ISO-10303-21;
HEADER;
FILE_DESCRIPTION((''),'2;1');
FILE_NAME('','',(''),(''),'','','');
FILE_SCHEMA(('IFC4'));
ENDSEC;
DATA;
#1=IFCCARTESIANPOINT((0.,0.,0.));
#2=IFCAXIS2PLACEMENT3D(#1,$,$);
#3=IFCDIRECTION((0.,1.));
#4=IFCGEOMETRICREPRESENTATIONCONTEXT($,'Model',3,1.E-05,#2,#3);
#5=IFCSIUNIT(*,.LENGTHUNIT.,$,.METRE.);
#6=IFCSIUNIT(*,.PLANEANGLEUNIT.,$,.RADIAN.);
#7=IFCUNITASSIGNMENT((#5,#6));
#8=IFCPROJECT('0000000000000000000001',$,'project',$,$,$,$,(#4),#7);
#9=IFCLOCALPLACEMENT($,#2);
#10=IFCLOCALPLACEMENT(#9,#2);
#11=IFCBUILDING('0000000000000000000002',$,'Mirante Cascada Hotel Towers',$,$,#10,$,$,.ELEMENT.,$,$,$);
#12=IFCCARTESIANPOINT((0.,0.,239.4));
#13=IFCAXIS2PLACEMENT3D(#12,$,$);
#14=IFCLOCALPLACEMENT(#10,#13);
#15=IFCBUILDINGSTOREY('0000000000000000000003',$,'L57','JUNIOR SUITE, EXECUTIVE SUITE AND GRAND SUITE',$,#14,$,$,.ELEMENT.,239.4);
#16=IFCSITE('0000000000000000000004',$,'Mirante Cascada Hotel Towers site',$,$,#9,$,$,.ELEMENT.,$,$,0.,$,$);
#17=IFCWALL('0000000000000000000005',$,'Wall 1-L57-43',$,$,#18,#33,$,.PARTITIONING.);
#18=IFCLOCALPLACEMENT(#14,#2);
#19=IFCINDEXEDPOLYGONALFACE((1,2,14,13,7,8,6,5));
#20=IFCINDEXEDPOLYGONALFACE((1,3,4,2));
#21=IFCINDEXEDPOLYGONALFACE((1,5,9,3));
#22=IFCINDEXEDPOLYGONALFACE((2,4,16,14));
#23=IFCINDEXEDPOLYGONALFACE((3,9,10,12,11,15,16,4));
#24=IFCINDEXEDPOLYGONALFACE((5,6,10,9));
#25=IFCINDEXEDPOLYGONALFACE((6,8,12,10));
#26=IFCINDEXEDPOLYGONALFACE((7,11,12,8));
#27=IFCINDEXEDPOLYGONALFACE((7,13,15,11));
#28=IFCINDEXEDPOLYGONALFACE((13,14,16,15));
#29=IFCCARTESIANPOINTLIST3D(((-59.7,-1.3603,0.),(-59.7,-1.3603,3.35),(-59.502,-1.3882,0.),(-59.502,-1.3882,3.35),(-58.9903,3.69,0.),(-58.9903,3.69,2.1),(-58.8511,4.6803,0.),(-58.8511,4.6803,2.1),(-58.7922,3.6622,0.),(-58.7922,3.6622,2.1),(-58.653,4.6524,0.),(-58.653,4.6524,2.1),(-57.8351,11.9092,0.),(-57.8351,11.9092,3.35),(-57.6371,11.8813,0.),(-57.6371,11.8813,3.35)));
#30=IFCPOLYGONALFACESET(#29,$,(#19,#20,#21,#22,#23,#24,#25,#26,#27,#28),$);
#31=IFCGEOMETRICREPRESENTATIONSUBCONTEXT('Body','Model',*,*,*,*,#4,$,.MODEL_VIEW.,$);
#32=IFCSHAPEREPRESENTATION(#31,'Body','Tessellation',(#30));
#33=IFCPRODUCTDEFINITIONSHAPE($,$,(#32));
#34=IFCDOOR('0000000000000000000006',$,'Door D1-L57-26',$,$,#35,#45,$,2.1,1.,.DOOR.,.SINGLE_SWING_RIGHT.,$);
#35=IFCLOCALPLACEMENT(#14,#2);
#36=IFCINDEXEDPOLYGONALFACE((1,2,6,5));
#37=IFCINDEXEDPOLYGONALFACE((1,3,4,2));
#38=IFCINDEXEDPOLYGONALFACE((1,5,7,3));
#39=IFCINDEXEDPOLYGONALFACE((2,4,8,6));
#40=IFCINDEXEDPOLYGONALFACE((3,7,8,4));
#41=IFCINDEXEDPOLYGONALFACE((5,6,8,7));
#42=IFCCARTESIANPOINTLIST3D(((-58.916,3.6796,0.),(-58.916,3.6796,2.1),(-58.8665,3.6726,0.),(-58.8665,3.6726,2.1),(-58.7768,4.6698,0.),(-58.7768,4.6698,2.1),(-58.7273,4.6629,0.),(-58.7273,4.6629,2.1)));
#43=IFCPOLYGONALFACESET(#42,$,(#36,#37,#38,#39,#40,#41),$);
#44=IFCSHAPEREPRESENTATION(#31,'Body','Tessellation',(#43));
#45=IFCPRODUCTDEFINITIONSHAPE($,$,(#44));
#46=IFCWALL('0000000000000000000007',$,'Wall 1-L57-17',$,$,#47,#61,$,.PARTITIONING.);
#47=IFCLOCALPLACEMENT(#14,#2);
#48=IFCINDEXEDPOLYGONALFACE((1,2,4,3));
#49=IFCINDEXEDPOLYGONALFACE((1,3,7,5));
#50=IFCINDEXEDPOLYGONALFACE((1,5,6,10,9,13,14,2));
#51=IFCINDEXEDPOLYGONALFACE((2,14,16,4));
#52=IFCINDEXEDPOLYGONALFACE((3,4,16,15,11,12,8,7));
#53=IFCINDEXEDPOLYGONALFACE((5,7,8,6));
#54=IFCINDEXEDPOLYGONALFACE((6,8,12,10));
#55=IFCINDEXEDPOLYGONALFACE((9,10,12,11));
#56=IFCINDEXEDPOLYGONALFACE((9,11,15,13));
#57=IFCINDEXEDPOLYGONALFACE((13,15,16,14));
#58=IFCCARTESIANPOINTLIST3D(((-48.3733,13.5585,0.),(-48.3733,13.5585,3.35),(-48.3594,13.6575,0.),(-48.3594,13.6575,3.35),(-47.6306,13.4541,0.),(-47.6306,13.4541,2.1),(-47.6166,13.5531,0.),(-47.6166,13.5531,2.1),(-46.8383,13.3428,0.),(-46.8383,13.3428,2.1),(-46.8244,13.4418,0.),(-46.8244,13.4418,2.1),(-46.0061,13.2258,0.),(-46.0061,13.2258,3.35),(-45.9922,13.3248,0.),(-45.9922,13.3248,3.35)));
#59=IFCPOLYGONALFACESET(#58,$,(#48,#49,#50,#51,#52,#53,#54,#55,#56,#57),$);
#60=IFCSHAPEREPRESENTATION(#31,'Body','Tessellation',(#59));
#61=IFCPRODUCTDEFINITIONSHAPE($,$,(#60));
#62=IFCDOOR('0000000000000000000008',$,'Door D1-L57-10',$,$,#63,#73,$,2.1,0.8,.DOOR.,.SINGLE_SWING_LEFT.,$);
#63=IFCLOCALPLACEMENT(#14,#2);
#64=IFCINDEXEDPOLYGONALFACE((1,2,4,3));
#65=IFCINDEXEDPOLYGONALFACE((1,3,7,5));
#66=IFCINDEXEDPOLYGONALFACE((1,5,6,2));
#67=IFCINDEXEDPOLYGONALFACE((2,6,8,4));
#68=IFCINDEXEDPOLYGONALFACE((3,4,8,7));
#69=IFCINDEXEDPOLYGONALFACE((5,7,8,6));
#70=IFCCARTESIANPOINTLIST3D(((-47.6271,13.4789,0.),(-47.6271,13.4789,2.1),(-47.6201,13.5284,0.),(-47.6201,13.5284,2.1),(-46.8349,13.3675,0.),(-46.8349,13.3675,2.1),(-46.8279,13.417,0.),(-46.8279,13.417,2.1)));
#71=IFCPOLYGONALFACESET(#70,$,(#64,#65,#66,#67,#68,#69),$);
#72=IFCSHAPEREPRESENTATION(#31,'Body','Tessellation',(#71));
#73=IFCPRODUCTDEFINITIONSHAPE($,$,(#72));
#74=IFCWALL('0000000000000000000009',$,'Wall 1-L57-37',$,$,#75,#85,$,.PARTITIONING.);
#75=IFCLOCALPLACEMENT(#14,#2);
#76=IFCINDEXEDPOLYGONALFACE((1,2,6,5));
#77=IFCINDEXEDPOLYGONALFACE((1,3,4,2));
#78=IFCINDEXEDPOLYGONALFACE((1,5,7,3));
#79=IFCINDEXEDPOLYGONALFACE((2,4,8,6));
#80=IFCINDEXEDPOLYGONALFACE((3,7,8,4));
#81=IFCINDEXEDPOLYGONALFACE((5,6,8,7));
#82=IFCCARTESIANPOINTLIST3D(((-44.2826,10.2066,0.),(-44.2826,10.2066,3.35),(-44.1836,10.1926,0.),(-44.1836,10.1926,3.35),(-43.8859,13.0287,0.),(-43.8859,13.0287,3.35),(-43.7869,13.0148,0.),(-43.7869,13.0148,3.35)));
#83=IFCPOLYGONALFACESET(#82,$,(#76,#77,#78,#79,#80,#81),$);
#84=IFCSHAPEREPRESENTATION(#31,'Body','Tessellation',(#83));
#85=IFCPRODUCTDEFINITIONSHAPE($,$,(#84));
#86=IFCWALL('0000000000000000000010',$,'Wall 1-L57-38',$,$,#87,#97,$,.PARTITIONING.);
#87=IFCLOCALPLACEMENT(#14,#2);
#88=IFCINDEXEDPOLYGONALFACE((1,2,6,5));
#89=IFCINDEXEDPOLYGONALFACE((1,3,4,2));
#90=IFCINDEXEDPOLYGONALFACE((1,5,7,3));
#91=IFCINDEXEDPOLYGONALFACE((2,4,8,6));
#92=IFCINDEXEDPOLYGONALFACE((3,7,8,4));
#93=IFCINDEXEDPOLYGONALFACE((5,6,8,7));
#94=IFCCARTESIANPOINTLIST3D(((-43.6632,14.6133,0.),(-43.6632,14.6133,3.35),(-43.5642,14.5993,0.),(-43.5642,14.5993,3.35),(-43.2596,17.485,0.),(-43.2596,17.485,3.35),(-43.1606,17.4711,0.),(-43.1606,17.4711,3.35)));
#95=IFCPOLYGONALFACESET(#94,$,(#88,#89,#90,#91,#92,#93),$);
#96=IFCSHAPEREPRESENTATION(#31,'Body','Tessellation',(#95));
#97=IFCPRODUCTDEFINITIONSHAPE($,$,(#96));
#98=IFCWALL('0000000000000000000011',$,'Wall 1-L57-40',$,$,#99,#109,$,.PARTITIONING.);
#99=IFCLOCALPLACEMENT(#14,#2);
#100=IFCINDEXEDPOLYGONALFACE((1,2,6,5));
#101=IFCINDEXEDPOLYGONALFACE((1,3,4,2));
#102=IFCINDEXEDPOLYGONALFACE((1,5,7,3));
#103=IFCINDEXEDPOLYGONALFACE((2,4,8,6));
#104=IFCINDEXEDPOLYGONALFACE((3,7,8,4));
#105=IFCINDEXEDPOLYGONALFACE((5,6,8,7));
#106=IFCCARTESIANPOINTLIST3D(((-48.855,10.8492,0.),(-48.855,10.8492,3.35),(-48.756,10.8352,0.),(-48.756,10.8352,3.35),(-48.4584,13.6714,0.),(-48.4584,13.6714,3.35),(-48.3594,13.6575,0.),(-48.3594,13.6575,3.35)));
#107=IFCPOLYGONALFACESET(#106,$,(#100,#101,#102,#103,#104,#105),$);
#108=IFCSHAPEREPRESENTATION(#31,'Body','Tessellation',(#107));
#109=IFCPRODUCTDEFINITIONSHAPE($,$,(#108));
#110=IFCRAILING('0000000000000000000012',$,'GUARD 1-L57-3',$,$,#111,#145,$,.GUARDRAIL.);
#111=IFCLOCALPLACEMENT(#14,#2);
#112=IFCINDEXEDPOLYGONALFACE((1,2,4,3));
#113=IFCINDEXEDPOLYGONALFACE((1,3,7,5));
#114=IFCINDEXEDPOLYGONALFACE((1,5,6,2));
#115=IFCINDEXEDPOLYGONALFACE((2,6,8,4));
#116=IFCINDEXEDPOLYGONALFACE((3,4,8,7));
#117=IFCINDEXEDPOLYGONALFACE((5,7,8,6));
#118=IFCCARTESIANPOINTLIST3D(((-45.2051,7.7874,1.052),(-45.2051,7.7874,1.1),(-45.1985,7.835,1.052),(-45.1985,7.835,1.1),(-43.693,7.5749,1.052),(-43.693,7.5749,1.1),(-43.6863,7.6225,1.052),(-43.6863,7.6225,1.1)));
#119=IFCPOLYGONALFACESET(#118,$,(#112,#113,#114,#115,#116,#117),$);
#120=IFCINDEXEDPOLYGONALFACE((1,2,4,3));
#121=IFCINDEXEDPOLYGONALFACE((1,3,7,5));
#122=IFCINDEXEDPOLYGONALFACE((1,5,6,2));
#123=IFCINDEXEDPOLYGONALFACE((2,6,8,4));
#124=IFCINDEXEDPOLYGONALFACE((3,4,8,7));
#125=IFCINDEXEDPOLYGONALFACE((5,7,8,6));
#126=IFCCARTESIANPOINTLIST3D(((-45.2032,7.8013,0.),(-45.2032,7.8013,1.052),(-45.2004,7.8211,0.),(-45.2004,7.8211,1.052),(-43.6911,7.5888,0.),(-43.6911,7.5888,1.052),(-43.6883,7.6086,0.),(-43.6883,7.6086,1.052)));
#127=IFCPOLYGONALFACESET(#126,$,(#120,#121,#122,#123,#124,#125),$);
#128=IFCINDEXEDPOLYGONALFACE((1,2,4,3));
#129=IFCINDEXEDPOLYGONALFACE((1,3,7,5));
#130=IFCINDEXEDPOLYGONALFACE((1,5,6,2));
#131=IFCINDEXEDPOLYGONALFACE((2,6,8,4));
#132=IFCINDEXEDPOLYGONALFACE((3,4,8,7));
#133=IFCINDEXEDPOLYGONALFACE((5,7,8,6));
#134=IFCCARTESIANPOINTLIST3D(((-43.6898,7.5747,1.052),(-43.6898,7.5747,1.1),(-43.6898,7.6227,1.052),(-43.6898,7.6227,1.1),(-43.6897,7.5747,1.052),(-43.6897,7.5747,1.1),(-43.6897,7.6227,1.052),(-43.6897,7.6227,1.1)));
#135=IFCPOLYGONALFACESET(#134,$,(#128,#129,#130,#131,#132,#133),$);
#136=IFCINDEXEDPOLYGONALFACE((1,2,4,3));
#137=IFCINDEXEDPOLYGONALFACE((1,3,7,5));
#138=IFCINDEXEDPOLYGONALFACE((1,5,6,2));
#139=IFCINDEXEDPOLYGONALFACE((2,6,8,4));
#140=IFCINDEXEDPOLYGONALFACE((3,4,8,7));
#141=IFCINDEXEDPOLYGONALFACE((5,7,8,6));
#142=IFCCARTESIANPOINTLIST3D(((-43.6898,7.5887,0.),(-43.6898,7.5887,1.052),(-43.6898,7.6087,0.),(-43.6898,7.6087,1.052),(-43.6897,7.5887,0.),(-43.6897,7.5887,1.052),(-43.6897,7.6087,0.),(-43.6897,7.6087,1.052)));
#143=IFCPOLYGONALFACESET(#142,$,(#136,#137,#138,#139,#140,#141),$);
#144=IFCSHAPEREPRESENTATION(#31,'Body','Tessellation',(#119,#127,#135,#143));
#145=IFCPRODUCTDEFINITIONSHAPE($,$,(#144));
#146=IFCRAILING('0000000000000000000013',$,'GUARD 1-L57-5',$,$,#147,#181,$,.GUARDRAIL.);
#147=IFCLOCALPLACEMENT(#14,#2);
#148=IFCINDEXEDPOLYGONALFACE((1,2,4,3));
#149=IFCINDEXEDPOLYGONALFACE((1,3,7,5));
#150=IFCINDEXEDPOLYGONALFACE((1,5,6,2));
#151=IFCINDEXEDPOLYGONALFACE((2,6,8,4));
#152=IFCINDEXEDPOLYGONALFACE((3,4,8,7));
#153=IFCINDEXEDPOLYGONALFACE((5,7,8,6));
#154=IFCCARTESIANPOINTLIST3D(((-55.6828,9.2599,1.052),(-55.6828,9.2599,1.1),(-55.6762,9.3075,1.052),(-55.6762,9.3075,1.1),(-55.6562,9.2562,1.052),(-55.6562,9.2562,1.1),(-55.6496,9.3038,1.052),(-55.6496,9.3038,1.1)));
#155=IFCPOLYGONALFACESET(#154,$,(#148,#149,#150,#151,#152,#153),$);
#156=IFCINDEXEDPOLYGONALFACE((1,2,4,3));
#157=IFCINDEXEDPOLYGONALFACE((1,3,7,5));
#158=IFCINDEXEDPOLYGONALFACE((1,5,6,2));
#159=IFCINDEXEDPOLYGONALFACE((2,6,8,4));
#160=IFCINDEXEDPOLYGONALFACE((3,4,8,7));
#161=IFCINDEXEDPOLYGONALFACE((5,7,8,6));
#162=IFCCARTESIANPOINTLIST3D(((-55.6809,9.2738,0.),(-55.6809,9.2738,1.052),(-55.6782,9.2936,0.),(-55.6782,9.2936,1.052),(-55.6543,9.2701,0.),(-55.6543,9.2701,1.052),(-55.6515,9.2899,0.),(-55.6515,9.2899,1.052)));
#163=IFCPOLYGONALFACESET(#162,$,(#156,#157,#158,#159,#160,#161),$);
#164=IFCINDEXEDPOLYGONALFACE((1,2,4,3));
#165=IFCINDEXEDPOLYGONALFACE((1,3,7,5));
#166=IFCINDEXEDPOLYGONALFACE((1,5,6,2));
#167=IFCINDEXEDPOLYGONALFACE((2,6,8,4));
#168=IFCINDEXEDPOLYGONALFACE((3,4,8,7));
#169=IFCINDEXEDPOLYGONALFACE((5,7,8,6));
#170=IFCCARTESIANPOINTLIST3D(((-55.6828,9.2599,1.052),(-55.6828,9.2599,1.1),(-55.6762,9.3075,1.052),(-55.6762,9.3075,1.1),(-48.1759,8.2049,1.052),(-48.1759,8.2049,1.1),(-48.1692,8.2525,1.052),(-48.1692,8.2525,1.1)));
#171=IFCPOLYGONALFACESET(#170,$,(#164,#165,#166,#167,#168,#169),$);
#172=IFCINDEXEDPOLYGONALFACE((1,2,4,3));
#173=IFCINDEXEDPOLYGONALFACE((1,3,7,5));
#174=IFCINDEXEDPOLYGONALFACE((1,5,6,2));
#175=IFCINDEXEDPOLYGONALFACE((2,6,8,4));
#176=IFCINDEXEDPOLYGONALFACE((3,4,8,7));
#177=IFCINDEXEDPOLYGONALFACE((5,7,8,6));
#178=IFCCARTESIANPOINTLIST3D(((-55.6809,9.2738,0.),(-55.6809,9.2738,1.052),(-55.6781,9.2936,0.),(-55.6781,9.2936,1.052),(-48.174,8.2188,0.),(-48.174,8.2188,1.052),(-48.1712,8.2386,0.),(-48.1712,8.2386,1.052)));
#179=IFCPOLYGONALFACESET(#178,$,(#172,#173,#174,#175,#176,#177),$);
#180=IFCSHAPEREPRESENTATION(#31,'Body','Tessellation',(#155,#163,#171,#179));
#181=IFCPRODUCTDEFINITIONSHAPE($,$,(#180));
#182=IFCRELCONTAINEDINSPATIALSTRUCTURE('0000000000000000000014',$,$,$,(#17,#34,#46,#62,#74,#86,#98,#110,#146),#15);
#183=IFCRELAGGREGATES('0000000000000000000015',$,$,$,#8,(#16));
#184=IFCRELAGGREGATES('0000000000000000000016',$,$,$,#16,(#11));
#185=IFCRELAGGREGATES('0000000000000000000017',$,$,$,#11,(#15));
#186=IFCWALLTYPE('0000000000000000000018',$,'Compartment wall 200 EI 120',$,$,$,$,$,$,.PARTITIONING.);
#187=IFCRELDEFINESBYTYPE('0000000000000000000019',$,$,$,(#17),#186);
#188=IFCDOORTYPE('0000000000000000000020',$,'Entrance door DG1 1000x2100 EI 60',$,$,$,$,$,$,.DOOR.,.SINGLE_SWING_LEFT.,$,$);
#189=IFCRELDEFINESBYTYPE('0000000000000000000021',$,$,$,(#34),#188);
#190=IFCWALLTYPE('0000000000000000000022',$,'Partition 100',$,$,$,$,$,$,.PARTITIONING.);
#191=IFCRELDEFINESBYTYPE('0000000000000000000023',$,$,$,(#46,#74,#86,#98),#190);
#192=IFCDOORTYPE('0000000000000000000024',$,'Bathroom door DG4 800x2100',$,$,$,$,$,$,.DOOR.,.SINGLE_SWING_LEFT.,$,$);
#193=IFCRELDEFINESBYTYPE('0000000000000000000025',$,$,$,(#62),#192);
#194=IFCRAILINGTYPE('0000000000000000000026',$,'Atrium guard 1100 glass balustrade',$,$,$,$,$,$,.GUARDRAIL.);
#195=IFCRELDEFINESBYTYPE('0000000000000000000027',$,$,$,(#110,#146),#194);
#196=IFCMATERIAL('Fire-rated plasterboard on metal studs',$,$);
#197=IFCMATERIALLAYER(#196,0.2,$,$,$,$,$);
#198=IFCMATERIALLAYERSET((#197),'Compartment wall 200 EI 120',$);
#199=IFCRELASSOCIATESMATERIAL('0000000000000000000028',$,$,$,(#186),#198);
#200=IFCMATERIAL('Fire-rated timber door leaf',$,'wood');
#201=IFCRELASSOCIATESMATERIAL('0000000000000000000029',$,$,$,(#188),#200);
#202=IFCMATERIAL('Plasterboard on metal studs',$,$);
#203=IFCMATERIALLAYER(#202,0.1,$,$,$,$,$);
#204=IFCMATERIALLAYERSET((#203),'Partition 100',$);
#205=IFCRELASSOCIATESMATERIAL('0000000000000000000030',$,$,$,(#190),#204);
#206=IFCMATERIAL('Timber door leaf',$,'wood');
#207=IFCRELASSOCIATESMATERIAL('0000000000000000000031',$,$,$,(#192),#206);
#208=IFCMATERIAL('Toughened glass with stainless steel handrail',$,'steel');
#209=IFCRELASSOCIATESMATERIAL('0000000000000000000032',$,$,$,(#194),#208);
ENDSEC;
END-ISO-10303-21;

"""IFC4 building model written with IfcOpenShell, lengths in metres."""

from ifc_helpers import new_model, si_unit, direction, frame, frame_2d, origin, origin_2d, place, context, subcontext, project, spatial, rectangle, extrude, material, layer, layer_set, type_object, element, fill, save


model = new_model("IFC4")

# Units and contexts
model_context = context("Model", 3, precision=1e-05, world=origin(), true_north=direction((0.0, 1.0)))
body_context = subcontext(model_context, "Body", "Model", "MODEL_VIEW")
ifc_project = project(units=[si_unit("LENGTHUNIT", "METRE"), si_unit("PLANEANGLEUNIT", "RADIAN")], contexts=[model_context])

# Site, building, storey
site_placement = place(None, origin())
site = spatial("IfcSite", under=ifc_project, at=site_placement, Name="Mirante Cascada Hotel Towers site", CompositionType="ELEMENT", RefElevation=0.0)
building_placement = place(site_placement, origin())
building = spatial("IfcBuilding", under=site, at=building_placement, Name="Mirante Cascada Hotel Towers", CompositionType="ELEMENT")
storey_placement = place(building_placement, frame((0.0, 0.0, 239.4)))
storey = spatial("IfcBuildingStorey", under=building, at=storey_placement, Name="L57", Description="JUNIOR SUITE, EXECUTIVE SUITE AND GRAND SUITE", CompositionType="ELEMENT", Elevation=239.4)

# Shared definitions
ifc_material_1 = material(Name="Fire-rated plasterboard on metal studs")
ifc_layer_1 = layer(ifc_material_1, 0.2)
ifc_layer_set_1 = layer_set([ifc_layer_1], Name="Compartment wall 200 EI 120")
wall_type_1 = type_object("IfcWallType", Name="Compartment wall 200 EI 120", PredefinedType="PARTITIONING", material=ifc_layer_set_1)

# Walls, openings, doors
wall_1_placement = place(storey_placement, frame((-57.7361, 11.8953, 0.0), z_axis=(0.0, 0.0, 1.0), x_axis=(-0.139173, -0.990268, 0.0)))
wall_1 = element("IfcWall", 1, at=wall_1_placement, inside=storey, type_object=wall_type_1, Name="Wall 1-L57-43", PredefinedType="PARTITIONING", context=body_context, shape_type="SweptSolid", body=[
    extrude(rectangle(XDim=13.3999, YDim=0.2, at=frame_2d((6.7, 0.0))), origin(), (0.0, 0.0, 1.0), 3.35),
])
opening_1_placement = place(wall_1_placement, frame((7.3, 0.0, 0.0)))
opening_1 = element("IfcOpeningElement", 2, at=opening_1_placement, cuts=wall_1, PredefinedType="OPENING", context=body_context, shape_type="SweptSolid", body=[
    extrude(rectangle(XDim=1.0, YDim=2.1, at=frame_2d((0.5, 1.05))), frame((0.0, 0.1, 0.0), z_axis=(0.0, -1.0, 0.0), x_axis=(1.0, 0.0, 0.0)), (0.0, 0.0, 1.0), 0.2),
])
ifc_material_2 = material(Name="Fire-rated timber door leaf", Category="wood")
door_type_1 = type_object("IfcDoorType", Name="Entrance door DG1 1000x2100 EI 60", OperationType="SINGLE_SWING_LEFT", PredefinedType="DOOR", material=ifc_material_2)
door_1_placement = place(opening_1_placement, frame((1.0, 0.0, 0.0), z_axis=(0.0, 0.0, 1.0), x_axis=(-1.0, 0.0, 0.0)))
door_1 = element("IfcDoor", 3, at=door_1_placement, inside=storey, type_object=door_type_1, Name="Door D1-L57-26", OperationType="SINGLE_SWING_RIGHT", OverallHeight=2.1, OverallWidth=1.0, PredefinedType="DOOR", context=body_context, shape_type="SweptSolid", body=[
    extrude(rectangle(XDim=1.0, YDim=2.1, at=frame_2d((0.5, 1.05))), frame((0.0, 0.025, 0.0), z_axis=(0.0, -1.0, 0.0), x_axis=(1.0, 0.0, 0.0)), (0.0, 0.0, 1.0), 0.05),
])
fill(opening_1, door_1)
ifc_material_3 = material(Name="Plasterboard on metal studs")
ifc_layer_2 = layer(ifc_material_3, 0.1)
ifc_layer_set_2 = layer_set([ifc_layer_2], Name="Partition 100")
wall_type_2 = type_object("IfcWallType", Name="Partition 100", PredefinedType="PARTITIONING", material=ifc_layer_set_2)
wall_2_placement = place(storey_placement, frame((-48.3663, 13.608, 0.0), z_axis=(0.0, 0.0, 1.0), x_axis=(0.990267, -0.139178, 0.0)))
wall_2 = element("IfcWall", 4, at=wall_2_placement, inside=storey, type_object=wall_type_2, Name="Wall 1-L57-17", PredefinedType="PARTITIONING", context=body_context, shape_type="SweptSolid", body=[
    extrude(rectangle(XDim=2.3905, YDim=0.1, at=frame_2d((1.1952, 0.0))), origin(), (0.0, 0.0, 1.0), 3.35),
])
opening_2_placement = place(wall_2_placement, frame((0.75, 0.0, 0.0)))
opening_2 = element("IfcOpeningElement", 5, at=opening_2_placement, cuts=wall_2, PredefinedType="OPENING", context=body_context, shape_type="SweptSolid", body=[
    extrude(rectangle(XDim=0.8, YDim=2.1, at=frame_2d((0.4, 1.05))), frame((0.0, 0.05, 0.0), z_axis=(0.0, -1.0, 0.0), x_axis=(1.0, 0.0, 0.0)), (0.0, 0.0, 1.0), 0.1),
])
ifc_material_4 = material(Name="Timber door leaf", Category="wood")
door_type_2 = type_object("IfcDoorType", Name="Bathroom door DG4 800x2100", OperationType="SINGLE_SWING_LEFT", PredefinedType="DOOR", material=ifc_material_4)
door_2_placement = place(opening_2_placement, origin())
door_2 = element("IfcDoor", 6, at=door_2_placement, inside=storey, type_object=door_type_2, Name="Door D1-L57-10", OperationType="SINGLE_SWING_LEFT", OverallHeight=2.1, OverallWidth=0.8, PredefinedType="DOOR", context=body_context, shape_type="SweptSolid", body=[
    extrude(rectangle(XDim=0.8, YDim=2.1, at=frame_2d((0.4, 1.05))), frame((0.0, 0.025, 0.0), z_axis=(0.0, -1.0, 0.0), x_axis=(1.0, 0.0, 0.0)), (0.0, 0.0, 1.0), 0.05),
])
fill(opening_2, door_2)

# Walls
wall_3_placement = place(storey_placement, frame((-43.8364, 13.0218, 0.0), z_axis=(0.0, 0.0, 1.0), x_axis=(-0.139196, -0.990265, 0.0)))
element("IfcWall", 7, at=wall_3_placement, inside=storey, type_object=wall_type_2, Name="Wall 1-L57-37", PredefinedType="PARTITIONING", context=body_context, shape_type="SweptSolid", body=[
    extrude(rectangle(XDim=2.8499, YDim=0.1, at=frame_2d((1.425, 0.0))), origin(), (0.0, 0.0, 1.0), 3.35),
])
wall_4_placement = place(storey_placement, frame((-43.6137, 14.6063, 0.0), z_axis=(0.0, 0.0, 1.0), x_axis=(0.139171, 0.990268, 0.0)))
element("IfcWall", 8, at=wall_4_placement, inside=storey, type_object=wall_type_2, Name="Wall 1-L57-38", PredefinedType="PARTITIONING", context=body_context, shape_type="SweptSolid", body=[
    extrude(rectangle(XDim=2.9, YDim=0.1, at=frame_2d((1.45, 0.0))), origin(), (0.0, 0.0, 1.0), 3.35),
])
wall_5_placement = place(storey_placement, frame((-48.8055, 10.8422, 0.0), z_axis=(0.0, 0.0, 1.0), x_axis=(0.139156, 0.99027, 0.0)))
element("IfcWall", 9, at=wall_5_placement, inside=storey, type_object=wall_type_2, Name="Wall 1-L57-40", PredefinedType="PARTITIONING", context=body_context, shape_type="SweptSolid", body=[
    extrude(rectangle(XDim=2.85, YDim=0.1, at=frame_2d((1.425, 0.0))), origin(), (0.0, 0.0, 1.0), 3.35),
])

# Railings
ifc_material_5 = material(Name="Toughened glass with stainless steel handrail", Category="steel")
railing_type = type_object("IfcRailingType", Name="Atrium guard 1100 glass balustrade", PredefinedType="GUARDRAIL", material=ifc_material_5)
railing_1_placement = place(storey_placement, frame((-45.2018, 7.8112, 0.0)))
element("IfcRailing", 10, at=railing_1_placement, inside=storey, type_object=railing_type, Name="GUARD 1-L57-3", PredefinedType="GUARDRAIL", context=body_context, shape_type="SweptSolid", body=[
    extrude(rectangle(XDim=0.048, YDim=0.048, at=origin_2d()), frame((0.0, 0.0, 1.076), z_axis=(0.990269, -0.139165, 0.0), x_axis=(0.139165, 0.990269, 0.0)), (0.0, 0.0, 1.0), 1.527),
    extrude(rectangle(XDim=0.02, YDim=1.052, at=origin_2d()), frame((0.0, 0.0, 0.526), z_axis=(0.990269, -0.139165, 0.0), x_axis=(0.139165, 0.990269, 0.0)), (0.0, 0.0, 1.0), 1.527),
    extrude(rectangle(XDim=0.048, YDim=0.048, at=origin_2d()), frame((1.5121, -0.2125, 1.076), z_axis=(-1.0, 0.0, 0.0), x_axis=(0.0, -1.0, 0.0)), (0.0, 0.0, 1.0), 0.0001),
    extrude(rectangle(XDim=0.02, YDim=1.052, at=origin_2d()), frame((1.5121, -0.2125, 0.526), z_axis=(-1.0, 0.0, 0.0), x_axis=(0.0, -1.0, 0.0)), (0.0, 0.0, 1.0), 0.0001),
])
railing_2_placement = place(storey_placement, frame((-55.6529, 9.28, 0.0)))
element("IfcRailing", 11, at=railing_2_placement, inside=storey, type_object=railing_type, Name="GUARD 1-L57-5", PredefinedType="GUARDRAIL", context=body_context, shape_type="SweptSolid", body=[
    extrude(rectangle(XDim=0.048, YDim=0.048, at=origin_2d()), frame((0.0, 0.0, 1.076), z_axis=(-0.990464, 0.137771, 0.0), x_axis=(-0.137771, -0.990464, 0.0)), (0.0, 0.0, 1.0), 0.0269),
    extrude(rectangle(XDim=0.02, YDim=1.052, at=origin_2d()), frame((0.0, 0.0, 0.526), z_axis=(-0.990464, 0.137771, 0.0), x_axis=(-0.137771, -0.990464, 0.0)), (0.0, 0.0, 1.0), 0.0269),
    extrude(rectangle(XDim=0.048, YDim=0.048, at=origin_2d()), frame((-0.0266, 0.0037, 1.076), z_axis=(0.990268, -0.13917, 0.0), x_axis=(0.13917, 0.990268, 0.0)), (0.0, 0.0, 1.0), 7.5807),
    extrude(rectangle(XDim=0.02, YDim=1.052, at=origin_2d()), frame((-0.0266, 0.0037, 0.526), z_axis=(0.990268, -0.13917, 0.0), x_axis=(0.13917, 0.990268, 0.0)), (0.0, 0.0, 1.0), 7.5807),
])

save(model, "model.ifc")
